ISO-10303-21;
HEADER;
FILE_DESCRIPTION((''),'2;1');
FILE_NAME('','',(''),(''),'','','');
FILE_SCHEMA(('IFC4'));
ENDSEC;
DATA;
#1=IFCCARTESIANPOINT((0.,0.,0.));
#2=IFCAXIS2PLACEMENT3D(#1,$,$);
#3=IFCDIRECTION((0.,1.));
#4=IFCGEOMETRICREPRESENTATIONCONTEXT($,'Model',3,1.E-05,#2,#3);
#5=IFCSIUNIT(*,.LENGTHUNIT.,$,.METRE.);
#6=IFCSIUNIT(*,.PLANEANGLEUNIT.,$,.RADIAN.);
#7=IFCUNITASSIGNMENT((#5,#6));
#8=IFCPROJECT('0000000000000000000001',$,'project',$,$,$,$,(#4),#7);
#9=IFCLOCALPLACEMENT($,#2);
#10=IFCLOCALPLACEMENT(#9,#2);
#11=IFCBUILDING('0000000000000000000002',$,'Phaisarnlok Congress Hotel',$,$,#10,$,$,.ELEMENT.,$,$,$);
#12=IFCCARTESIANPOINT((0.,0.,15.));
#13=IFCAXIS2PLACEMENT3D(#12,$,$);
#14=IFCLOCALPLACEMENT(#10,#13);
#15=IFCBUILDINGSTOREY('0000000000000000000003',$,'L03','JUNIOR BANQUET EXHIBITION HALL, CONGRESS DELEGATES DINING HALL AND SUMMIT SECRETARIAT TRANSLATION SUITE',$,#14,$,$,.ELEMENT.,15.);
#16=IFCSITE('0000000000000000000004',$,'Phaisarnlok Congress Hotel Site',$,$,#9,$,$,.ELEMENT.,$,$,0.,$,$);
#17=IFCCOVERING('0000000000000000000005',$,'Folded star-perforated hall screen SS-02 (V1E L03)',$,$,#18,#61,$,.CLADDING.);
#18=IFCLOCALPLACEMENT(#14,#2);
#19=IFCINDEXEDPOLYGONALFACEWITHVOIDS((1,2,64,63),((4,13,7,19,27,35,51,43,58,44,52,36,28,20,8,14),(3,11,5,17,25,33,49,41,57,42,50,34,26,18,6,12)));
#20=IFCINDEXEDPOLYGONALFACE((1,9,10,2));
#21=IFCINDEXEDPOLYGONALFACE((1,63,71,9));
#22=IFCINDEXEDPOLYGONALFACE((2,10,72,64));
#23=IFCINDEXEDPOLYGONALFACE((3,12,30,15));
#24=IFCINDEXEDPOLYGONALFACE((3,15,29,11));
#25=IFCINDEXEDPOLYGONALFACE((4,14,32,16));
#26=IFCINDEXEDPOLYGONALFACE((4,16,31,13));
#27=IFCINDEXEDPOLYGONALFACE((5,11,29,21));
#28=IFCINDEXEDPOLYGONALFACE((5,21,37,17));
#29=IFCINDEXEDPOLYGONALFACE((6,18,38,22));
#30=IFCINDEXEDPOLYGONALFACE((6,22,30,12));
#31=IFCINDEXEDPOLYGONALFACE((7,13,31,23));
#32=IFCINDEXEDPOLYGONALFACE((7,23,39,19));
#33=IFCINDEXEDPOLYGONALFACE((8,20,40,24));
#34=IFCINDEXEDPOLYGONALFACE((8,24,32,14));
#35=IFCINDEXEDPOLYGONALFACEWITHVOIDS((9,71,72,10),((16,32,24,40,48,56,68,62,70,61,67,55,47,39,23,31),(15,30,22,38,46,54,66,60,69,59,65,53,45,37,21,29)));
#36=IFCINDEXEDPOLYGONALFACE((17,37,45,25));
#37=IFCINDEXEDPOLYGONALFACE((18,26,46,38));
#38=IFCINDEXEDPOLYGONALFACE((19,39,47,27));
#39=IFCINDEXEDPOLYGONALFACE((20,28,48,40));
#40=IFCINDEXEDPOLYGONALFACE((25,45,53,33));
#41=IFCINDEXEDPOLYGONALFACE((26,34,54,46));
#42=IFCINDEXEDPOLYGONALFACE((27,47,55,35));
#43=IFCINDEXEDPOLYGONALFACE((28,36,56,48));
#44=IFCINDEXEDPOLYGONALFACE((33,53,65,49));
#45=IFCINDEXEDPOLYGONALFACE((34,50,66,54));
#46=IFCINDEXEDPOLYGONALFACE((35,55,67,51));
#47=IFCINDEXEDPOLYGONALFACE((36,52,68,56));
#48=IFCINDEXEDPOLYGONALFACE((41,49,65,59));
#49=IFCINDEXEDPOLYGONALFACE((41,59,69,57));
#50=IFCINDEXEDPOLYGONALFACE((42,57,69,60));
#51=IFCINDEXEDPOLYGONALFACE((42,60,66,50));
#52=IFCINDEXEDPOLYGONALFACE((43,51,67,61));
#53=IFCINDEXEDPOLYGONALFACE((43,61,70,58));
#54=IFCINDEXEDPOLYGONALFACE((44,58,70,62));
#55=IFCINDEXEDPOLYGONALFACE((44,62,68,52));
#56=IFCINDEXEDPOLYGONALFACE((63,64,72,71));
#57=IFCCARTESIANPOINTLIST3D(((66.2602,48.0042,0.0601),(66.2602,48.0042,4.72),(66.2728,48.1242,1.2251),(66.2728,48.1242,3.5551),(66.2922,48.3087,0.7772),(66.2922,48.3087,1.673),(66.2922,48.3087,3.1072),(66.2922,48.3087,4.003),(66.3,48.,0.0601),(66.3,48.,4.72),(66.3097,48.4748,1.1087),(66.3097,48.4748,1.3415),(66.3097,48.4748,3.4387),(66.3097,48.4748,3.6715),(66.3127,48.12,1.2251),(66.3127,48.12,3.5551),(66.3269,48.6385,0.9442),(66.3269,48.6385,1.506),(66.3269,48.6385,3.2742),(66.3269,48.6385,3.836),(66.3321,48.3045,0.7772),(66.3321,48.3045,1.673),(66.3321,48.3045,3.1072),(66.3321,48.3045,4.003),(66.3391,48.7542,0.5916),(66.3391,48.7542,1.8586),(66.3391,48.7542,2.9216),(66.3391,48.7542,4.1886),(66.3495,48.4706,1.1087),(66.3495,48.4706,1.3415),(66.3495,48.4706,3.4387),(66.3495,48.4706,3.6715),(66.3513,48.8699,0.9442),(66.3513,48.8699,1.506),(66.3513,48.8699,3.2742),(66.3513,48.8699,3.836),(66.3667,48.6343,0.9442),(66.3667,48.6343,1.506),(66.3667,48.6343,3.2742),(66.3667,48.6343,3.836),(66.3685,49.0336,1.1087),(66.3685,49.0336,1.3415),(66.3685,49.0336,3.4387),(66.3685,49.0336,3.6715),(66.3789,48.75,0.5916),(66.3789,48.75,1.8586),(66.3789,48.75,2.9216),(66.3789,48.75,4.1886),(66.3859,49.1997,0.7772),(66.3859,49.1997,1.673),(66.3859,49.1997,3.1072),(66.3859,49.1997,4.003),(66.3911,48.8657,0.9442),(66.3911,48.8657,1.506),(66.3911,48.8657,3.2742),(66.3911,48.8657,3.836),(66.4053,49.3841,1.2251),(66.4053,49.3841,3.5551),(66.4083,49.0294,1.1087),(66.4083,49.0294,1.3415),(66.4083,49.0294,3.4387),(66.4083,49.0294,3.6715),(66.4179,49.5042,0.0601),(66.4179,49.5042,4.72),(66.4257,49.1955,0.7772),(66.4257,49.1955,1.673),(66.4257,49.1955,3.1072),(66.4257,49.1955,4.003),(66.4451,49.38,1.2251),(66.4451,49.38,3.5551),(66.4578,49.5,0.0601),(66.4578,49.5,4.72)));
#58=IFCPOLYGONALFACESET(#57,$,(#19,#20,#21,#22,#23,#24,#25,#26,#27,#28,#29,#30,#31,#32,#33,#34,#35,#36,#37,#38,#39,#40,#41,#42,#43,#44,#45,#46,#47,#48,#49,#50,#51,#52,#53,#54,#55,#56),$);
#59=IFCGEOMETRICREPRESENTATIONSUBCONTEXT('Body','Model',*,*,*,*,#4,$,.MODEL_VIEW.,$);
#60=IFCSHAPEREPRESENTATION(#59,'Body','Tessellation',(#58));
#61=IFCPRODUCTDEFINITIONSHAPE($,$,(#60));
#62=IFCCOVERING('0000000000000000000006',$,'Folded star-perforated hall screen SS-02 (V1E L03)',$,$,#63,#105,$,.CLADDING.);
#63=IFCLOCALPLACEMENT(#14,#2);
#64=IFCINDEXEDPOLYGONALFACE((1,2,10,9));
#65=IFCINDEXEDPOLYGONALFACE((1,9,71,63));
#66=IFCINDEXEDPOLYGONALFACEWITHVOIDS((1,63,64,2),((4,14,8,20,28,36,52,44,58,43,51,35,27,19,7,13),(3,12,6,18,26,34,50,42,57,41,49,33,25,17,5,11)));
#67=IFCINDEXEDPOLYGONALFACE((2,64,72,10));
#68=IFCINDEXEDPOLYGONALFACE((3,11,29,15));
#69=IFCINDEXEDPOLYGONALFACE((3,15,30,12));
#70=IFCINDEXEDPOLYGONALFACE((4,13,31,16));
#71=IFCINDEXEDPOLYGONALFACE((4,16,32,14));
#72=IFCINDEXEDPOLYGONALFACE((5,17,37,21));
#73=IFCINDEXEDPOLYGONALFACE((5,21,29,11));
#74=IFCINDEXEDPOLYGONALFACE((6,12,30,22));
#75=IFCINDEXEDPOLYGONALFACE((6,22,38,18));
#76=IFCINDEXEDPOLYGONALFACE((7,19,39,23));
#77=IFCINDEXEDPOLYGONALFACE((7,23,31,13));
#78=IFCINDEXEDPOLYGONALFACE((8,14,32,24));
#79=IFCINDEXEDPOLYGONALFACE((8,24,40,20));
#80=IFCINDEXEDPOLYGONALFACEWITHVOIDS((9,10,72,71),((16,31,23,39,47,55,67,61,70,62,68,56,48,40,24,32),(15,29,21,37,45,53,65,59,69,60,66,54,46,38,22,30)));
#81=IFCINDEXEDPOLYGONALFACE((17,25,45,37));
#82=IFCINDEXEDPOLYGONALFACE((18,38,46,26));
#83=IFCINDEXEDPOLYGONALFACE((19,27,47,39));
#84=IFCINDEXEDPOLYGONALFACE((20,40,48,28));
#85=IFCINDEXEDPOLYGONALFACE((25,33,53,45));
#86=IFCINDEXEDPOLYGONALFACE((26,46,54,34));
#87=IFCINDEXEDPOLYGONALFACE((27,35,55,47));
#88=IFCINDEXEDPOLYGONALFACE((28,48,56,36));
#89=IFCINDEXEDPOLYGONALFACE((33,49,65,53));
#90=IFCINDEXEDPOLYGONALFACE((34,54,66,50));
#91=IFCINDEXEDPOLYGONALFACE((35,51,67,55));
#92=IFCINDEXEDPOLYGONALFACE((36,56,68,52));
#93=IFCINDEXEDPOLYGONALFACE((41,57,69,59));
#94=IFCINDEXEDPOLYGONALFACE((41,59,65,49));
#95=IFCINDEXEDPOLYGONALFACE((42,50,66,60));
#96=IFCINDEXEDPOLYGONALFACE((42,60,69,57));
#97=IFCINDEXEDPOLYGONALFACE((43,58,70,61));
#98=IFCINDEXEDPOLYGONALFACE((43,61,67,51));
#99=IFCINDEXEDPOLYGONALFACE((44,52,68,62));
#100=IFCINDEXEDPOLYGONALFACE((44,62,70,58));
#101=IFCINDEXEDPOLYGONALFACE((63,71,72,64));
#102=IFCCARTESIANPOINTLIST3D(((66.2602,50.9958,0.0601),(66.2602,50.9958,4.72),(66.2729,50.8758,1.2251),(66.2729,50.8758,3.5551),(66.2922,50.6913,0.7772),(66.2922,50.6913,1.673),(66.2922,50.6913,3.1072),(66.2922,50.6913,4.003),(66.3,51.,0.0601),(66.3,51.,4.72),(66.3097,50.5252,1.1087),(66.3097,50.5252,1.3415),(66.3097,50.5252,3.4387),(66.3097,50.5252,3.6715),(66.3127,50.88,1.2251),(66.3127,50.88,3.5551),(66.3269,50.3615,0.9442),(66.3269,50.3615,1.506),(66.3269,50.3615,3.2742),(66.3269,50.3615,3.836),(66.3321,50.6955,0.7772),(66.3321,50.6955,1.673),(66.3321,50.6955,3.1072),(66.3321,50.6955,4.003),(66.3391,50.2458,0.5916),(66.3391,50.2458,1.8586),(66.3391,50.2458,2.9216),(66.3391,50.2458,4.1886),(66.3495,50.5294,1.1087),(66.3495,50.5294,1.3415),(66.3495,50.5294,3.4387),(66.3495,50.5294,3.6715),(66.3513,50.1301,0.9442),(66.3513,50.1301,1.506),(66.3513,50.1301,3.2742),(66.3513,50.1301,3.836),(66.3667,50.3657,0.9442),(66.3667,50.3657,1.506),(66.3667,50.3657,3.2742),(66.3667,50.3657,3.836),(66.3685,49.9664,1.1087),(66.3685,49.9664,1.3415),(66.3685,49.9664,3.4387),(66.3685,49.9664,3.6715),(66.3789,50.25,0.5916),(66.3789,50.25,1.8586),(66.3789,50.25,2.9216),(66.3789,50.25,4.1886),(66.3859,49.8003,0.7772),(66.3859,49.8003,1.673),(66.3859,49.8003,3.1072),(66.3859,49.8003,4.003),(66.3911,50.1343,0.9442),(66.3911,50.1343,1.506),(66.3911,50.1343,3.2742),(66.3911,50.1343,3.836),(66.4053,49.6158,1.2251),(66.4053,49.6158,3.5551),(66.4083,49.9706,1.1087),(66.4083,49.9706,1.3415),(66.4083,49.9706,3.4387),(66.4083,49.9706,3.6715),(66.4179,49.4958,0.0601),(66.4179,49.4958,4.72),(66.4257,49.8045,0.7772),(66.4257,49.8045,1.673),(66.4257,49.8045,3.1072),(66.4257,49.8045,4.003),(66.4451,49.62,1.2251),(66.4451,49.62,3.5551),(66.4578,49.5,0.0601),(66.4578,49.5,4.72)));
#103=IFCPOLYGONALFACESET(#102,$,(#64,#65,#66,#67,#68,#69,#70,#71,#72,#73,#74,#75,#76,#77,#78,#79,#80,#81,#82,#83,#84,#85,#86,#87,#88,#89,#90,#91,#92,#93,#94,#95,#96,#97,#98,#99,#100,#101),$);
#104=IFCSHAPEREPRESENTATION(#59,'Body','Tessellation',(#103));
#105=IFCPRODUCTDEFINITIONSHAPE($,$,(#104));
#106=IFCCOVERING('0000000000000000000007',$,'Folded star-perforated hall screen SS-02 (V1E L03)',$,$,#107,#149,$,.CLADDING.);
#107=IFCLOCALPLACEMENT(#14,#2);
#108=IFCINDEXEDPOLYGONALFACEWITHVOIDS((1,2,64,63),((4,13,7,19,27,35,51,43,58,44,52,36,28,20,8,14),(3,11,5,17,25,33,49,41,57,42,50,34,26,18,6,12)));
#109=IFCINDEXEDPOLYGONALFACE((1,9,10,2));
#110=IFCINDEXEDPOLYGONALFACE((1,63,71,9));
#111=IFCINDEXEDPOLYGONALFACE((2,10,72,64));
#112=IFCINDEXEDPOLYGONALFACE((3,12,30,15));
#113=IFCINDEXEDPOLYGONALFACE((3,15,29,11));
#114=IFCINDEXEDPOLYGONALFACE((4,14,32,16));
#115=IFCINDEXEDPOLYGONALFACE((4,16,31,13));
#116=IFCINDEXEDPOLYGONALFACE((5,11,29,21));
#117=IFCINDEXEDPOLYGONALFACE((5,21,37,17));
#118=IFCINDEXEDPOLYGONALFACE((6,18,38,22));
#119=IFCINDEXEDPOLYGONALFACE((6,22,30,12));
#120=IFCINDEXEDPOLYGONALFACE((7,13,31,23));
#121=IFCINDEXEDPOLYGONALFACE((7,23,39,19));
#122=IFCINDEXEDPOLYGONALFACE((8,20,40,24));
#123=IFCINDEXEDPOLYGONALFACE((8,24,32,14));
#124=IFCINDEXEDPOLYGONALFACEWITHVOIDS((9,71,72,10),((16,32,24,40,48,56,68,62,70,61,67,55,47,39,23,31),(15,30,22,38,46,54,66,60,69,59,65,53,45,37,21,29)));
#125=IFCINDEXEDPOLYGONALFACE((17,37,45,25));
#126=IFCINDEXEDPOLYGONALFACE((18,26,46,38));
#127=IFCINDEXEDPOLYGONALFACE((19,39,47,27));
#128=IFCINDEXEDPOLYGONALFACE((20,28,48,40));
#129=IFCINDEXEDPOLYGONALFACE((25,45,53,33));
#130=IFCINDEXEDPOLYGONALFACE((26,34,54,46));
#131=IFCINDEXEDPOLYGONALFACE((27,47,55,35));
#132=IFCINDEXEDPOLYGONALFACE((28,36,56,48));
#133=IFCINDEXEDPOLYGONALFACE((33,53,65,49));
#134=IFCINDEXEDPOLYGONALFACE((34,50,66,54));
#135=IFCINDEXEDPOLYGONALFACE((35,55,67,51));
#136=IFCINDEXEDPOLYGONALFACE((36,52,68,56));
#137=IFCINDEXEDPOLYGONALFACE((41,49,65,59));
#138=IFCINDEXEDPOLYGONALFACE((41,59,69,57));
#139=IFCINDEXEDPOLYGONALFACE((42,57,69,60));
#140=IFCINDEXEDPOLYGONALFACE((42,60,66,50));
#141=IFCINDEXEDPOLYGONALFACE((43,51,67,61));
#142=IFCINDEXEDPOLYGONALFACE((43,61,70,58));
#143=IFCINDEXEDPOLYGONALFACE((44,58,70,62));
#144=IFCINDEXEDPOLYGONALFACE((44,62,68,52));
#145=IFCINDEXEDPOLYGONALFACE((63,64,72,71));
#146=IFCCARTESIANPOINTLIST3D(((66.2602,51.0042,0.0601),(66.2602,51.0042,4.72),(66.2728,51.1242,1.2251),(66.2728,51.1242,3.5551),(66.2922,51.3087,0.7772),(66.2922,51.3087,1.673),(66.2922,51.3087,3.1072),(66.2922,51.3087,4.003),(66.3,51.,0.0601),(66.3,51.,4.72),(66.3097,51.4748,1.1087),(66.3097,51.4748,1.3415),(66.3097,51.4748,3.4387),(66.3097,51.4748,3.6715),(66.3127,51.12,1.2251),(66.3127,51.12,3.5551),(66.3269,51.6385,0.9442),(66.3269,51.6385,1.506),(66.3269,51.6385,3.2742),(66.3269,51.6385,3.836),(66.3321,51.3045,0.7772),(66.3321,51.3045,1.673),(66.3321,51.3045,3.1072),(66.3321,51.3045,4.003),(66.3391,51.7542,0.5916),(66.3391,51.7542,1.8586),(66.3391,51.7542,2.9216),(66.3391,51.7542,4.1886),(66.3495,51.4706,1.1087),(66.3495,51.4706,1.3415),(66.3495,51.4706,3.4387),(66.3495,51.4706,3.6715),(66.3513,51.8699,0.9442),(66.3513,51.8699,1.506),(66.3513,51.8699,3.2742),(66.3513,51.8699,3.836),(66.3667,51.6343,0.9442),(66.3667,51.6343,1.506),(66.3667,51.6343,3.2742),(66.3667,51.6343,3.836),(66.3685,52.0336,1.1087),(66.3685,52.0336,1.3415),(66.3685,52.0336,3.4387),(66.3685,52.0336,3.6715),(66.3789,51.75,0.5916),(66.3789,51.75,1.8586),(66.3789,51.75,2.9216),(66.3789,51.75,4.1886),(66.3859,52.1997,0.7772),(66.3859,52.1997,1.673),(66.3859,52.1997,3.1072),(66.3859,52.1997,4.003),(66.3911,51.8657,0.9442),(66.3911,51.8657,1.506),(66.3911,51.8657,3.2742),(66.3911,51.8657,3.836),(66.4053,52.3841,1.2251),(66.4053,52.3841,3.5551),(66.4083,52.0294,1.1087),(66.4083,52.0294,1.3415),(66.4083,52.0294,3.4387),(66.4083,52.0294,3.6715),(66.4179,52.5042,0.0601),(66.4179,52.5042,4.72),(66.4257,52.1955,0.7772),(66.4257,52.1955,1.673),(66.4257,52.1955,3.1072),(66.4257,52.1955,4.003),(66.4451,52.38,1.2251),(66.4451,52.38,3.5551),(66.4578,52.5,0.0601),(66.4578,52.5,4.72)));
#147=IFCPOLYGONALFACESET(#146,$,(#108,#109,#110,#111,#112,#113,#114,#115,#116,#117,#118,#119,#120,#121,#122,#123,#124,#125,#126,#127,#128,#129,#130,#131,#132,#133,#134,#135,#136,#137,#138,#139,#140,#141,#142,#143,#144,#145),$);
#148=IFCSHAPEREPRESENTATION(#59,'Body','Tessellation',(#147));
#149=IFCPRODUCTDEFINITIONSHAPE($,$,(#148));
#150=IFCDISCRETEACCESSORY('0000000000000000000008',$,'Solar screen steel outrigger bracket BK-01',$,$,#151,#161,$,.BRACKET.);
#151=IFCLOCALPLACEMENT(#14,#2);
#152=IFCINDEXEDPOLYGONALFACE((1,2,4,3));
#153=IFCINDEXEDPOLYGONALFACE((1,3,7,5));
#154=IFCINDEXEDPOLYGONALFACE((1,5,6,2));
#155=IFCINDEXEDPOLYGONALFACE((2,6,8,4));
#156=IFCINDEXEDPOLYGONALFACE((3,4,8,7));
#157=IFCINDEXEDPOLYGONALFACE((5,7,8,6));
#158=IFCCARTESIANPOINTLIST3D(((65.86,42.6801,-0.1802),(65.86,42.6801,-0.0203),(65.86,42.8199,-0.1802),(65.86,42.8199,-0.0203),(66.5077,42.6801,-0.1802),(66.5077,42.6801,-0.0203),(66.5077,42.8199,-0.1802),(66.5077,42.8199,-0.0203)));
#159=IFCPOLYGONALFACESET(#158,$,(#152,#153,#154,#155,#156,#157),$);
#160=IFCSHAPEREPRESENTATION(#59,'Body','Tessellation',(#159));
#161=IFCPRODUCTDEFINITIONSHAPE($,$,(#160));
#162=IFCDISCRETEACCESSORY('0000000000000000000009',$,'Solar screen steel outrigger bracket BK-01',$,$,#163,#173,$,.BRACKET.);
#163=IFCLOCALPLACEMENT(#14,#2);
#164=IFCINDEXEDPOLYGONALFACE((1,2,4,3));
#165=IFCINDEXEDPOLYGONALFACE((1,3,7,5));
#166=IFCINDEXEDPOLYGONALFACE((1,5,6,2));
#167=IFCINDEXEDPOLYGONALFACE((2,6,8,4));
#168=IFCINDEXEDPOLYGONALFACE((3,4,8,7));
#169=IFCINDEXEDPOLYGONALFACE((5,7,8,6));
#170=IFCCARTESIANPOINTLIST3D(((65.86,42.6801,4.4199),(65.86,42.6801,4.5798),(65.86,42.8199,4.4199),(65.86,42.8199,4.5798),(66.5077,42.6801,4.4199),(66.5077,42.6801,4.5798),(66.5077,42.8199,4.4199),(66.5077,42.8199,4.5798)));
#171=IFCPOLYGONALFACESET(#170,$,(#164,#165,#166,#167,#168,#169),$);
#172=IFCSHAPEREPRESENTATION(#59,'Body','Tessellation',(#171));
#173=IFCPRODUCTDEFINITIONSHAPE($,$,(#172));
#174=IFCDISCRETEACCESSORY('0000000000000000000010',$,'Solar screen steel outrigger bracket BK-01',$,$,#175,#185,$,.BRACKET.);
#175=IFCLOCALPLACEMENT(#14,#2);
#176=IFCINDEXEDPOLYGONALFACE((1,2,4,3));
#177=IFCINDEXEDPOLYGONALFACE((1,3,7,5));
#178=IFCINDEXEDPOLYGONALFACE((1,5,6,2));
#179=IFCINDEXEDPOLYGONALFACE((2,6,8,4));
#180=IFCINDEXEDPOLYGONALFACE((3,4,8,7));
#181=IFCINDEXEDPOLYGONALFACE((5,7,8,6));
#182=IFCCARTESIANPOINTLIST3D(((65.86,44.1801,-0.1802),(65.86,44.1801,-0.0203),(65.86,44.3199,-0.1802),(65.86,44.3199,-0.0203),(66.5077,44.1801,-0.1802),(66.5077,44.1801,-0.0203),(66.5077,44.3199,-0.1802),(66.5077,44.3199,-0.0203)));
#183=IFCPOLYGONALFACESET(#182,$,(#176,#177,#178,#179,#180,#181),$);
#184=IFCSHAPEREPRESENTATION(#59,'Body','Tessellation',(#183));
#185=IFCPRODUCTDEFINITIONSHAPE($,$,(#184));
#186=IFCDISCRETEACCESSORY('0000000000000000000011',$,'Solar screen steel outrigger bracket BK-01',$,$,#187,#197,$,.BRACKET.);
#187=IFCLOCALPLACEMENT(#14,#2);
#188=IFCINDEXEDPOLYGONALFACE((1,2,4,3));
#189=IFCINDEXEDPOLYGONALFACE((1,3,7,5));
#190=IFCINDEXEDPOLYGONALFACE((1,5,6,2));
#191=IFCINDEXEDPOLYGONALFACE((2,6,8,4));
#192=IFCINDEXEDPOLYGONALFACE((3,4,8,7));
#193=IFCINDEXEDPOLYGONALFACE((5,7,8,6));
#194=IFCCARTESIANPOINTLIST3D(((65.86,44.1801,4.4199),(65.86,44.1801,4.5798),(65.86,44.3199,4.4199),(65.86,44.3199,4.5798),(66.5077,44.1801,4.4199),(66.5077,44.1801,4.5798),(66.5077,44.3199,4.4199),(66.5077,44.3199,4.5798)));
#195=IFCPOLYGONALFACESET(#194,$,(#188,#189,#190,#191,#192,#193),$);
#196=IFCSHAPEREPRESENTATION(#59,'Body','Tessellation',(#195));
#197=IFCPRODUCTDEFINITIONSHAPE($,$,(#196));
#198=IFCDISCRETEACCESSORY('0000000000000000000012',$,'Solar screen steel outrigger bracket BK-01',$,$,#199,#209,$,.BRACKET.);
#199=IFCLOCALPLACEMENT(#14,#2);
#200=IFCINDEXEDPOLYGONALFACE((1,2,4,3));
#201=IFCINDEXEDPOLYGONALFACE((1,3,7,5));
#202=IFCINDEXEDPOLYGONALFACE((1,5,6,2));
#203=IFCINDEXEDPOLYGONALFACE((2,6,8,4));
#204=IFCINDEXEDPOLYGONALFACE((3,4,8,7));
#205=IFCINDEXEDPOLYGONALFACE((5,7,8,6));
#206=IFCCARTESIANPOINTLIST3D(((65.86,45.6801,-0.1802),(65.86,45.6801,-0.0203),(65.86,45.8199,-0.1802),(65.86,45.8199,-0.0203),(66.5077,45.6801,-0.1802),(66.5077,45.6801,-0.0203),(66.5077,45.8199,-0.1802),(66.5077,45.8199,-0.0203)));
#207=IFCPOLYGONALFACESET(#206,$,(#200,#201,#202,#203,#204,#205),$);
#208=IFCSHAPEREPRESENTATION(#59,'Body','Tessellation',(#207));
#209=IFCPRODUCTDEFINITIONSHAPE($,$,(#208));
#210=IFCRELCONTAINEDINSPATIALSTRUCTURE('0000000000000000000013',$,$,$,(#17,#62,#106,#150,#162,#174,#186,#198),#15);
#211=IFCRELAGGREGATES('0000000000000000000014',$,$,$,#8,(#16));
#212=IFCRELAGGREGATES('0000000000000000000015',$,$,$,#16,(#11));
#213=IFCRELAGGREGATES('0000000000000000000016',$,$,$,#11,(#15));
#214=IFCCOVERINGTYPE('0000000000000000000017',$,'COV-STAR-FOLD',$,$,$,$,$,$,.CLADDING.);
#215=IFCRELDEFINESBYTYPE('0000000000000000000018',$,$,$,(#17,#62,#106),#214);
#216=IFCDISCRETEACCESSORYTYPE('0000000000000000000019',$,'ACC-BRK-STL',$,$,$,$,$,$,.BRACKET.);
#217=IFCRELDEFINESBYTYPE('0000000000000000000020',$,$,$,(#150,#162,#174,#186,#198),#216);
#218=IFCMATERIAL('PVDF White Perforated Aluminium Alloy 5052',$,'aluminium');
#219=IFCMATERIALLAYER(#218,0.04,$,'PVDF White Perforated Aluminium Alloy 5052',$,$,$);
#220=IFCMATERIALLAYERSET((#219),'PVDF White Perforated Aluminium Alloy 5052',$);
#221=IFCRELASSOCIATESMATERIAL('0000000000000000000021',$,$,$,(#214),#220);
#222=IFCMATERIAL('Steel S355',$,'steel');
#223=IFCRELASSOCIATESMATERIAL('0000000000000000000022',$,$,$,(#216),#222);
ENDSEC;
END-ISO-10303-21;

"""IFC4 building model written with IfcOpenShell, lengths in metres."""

from ifc_helpers import new_model, si_unit, direction, frame, origin, origin_2d, place, context, subcontext, project, spatial, polyline, rectangle, outline, extrude, material, layer, layer_set, type_object, element, save


model = new_model("IFC4")

# Units and contexts
model_context = context("Model", 3, precision=1e-05, world=origin(), true_north=direction((0.0, 1.0)))
body_context = subcontext(model_context, "Body", "Model", "MODEL_VIEW")
ifc_project = project(units=[si_unit("LENGTHUNIT", "METRE"), si_unit("PLANEANGLEUNIT", "RADIAN")], contexts=[model_context])

# Site, building, storey
site_placement = place(None, origin())
site = spatial("IfcSite", under=ifc_project, at=site_placement, Name="Phaisarnlok Congress Hotel Site", CompositionType="ELEMENT", RefElevation=0.0)
building_placement = place(site_placement, origin())
building = spatial("IfcBuilding", under=site, at=building_placement, Name="Phaisarnlok Congress Hotel", CompositionType="ELEMENT")
storey_placement = place(building_placement, frame((0.0, 0.0, 15.0)))
storey = spatial("IfcBuildingStorey", under=building, at=storey_placement, Name="L03", Description="JUNIOR BANQUET EXHIBITION HALL, CONGRESS DELEGATES DINING HALL AND SUMMIT SECRETARIAT TRANSLATION SUITE", CompositionType="ELEMENT", Elevation=15.0)

# Shared definitions
ifc_material_1 = material(Name="Steel S355", Category="steel")

# Coverings
ifc_material_2 = material(Name="PVDF White Perforated Aluminium Alloy 5052", Category="aluminium")
ifc_layer_1 = layer(ifc_material_2, 0.04, Name="PVDF White Perforated Aluminium Alloy 5052")
ifc_layer_set_1 = layer_set([ifc_layer_1], Name="PVDF White Perforated Aluminium Alloy 5052")
covering_type = type_object("IfcCoveringType", Name="COV-STAR-FOLD", PredefinedType="CLADDING", material=ifc_layer_set_1)
for number, where, z_axis, x_axis, name in (
    (1, (66.4578, 49.5, 0.0601), (-0.994518, 0.104567, 0.0), (-0.104567, -0.994518, 0.0), "Folded star-perforated hall screen SS-02 (V1E L03)"),
    (2, (66.3, 51.0, 0.0601), (-0.994518, -0.104567, 0.0), (0.104567, -0.994518, 0.0), "Folded star-perforated hall screen SS-02 (V1E L03)"),
    (3, (66.4578, 52.5, 0.0601), (-0.994518, 0.104567, 0.0), (-0.104567, -0.994518, 0.0), "Folded star-perforated hall screen SS-02 (V1E L03)"),
):
    element("IfcCovering", number, at=place(storey_placement, frame(where, z_axis=z_axis, x_axis=x_axis)), inside=storey, type_object=covering_type, Name=name, PredefinedType="CLADDING", context=body_context, shape_type="SweptSolid", body=[
        extrude(outline(polyline([(0.0, 0.0), (1.5083, 0.0), (1.5083, 4.6599), (0.0, 4.6599), (0.0, 0.0)]), holes=[polyline([(1.0351, 1.0486), (1.2021, 0.7171), (0.8705, 0.8841), (0.7541, 0.5315), (0.6378, 0.8841), (0.3062, 0.7171), (0.4732, 1.0486), (0.1207, 1.165), (0.4732, 1.2814), (0.3062, 1.6129), (0.6378, 1.4459), (0.7541, 1.7985), (0.8705, 1.4459), (1.2021, 1.6129), (1.0351, 1.2814), (1.3876, 1.165), (1.0351, 1.0486)]), polyline([(1.0351, 3.3786), (1.2021, 3.0471), (0.8705, 3.2141), (0.7541, 2.8615), (0.6378, 3.2141), (0.3062, 3.0471), (0.4732, 3.3786), (0.1207, 3.495), (0.4732, 3.6114), (0.3062, 3.9429), (0.6378, 3.7759), (0.7541, 4.1285), (0.8705, 3.7759), (1.2021, 3.9429), (1.0351, 3.6114), (1.3876, 3.495), (1.0351, 3.3786)])]), origin(), (0.0, 0.0, 1.0), 0.04),
    ])

# Discrete accessories
discrete_accessory_type = type_object("IfcDiscreteAccessoryType", Name="ACC-BRK-STL", PredefinedType="BRACKET", material=ifc_material_1)
for number, where, z_axis, x_axis, name in (
    (4, (66.1838, 42.75, -0.1802), (0.0, 0.0, 1.0), (1.0, 0.0, 0.0), "Solar screen steel outrigger bracket BK-01"),
    (5, (66.1838, 42.75, 4.4199), (0.0, 0.0, 1.0), (1.0, 0.0, 0.0), "Solar screen steel outrigger bracket BK-01"),
    (6, (66.1838, 44.25, -0.1802), (0.0, 0.0, 1.0), (1.0, 0.0, 0.0), "Solar screen steel outrigger bracket BK-01"),
    (7, (66.1838, 44.25, 4.4199), (0.0, 0.0, 1.0), (1.0, 0.0, 0.0), "Solar screen steel outrigger bracket BK-01"),
    (8, (66.1838, 45.75, -0.1802), (0.0, 0.0, 1.0), (1.0, 0.0, 0.0), "Solar screen steel outrigger bracket BK-01"),
):
    element("IfcDiscreteAccessory", number, at=place(storey_placement, frame(where, z_axis=z_axis, x_axis=x_axis)), inside=storey, type_object=discrete_accessory_type, Name=name, PredefinedType="BRACKET", context=body_context, shape_type="SweptSolid", body=[
        extrude(rectangle(XDim=0.6477, YDim=0.1399, at=origin_2d()), origin(), (0.0, 0.0, 1.0), 0.1599),
    ])

save(model, "model.ifc")
